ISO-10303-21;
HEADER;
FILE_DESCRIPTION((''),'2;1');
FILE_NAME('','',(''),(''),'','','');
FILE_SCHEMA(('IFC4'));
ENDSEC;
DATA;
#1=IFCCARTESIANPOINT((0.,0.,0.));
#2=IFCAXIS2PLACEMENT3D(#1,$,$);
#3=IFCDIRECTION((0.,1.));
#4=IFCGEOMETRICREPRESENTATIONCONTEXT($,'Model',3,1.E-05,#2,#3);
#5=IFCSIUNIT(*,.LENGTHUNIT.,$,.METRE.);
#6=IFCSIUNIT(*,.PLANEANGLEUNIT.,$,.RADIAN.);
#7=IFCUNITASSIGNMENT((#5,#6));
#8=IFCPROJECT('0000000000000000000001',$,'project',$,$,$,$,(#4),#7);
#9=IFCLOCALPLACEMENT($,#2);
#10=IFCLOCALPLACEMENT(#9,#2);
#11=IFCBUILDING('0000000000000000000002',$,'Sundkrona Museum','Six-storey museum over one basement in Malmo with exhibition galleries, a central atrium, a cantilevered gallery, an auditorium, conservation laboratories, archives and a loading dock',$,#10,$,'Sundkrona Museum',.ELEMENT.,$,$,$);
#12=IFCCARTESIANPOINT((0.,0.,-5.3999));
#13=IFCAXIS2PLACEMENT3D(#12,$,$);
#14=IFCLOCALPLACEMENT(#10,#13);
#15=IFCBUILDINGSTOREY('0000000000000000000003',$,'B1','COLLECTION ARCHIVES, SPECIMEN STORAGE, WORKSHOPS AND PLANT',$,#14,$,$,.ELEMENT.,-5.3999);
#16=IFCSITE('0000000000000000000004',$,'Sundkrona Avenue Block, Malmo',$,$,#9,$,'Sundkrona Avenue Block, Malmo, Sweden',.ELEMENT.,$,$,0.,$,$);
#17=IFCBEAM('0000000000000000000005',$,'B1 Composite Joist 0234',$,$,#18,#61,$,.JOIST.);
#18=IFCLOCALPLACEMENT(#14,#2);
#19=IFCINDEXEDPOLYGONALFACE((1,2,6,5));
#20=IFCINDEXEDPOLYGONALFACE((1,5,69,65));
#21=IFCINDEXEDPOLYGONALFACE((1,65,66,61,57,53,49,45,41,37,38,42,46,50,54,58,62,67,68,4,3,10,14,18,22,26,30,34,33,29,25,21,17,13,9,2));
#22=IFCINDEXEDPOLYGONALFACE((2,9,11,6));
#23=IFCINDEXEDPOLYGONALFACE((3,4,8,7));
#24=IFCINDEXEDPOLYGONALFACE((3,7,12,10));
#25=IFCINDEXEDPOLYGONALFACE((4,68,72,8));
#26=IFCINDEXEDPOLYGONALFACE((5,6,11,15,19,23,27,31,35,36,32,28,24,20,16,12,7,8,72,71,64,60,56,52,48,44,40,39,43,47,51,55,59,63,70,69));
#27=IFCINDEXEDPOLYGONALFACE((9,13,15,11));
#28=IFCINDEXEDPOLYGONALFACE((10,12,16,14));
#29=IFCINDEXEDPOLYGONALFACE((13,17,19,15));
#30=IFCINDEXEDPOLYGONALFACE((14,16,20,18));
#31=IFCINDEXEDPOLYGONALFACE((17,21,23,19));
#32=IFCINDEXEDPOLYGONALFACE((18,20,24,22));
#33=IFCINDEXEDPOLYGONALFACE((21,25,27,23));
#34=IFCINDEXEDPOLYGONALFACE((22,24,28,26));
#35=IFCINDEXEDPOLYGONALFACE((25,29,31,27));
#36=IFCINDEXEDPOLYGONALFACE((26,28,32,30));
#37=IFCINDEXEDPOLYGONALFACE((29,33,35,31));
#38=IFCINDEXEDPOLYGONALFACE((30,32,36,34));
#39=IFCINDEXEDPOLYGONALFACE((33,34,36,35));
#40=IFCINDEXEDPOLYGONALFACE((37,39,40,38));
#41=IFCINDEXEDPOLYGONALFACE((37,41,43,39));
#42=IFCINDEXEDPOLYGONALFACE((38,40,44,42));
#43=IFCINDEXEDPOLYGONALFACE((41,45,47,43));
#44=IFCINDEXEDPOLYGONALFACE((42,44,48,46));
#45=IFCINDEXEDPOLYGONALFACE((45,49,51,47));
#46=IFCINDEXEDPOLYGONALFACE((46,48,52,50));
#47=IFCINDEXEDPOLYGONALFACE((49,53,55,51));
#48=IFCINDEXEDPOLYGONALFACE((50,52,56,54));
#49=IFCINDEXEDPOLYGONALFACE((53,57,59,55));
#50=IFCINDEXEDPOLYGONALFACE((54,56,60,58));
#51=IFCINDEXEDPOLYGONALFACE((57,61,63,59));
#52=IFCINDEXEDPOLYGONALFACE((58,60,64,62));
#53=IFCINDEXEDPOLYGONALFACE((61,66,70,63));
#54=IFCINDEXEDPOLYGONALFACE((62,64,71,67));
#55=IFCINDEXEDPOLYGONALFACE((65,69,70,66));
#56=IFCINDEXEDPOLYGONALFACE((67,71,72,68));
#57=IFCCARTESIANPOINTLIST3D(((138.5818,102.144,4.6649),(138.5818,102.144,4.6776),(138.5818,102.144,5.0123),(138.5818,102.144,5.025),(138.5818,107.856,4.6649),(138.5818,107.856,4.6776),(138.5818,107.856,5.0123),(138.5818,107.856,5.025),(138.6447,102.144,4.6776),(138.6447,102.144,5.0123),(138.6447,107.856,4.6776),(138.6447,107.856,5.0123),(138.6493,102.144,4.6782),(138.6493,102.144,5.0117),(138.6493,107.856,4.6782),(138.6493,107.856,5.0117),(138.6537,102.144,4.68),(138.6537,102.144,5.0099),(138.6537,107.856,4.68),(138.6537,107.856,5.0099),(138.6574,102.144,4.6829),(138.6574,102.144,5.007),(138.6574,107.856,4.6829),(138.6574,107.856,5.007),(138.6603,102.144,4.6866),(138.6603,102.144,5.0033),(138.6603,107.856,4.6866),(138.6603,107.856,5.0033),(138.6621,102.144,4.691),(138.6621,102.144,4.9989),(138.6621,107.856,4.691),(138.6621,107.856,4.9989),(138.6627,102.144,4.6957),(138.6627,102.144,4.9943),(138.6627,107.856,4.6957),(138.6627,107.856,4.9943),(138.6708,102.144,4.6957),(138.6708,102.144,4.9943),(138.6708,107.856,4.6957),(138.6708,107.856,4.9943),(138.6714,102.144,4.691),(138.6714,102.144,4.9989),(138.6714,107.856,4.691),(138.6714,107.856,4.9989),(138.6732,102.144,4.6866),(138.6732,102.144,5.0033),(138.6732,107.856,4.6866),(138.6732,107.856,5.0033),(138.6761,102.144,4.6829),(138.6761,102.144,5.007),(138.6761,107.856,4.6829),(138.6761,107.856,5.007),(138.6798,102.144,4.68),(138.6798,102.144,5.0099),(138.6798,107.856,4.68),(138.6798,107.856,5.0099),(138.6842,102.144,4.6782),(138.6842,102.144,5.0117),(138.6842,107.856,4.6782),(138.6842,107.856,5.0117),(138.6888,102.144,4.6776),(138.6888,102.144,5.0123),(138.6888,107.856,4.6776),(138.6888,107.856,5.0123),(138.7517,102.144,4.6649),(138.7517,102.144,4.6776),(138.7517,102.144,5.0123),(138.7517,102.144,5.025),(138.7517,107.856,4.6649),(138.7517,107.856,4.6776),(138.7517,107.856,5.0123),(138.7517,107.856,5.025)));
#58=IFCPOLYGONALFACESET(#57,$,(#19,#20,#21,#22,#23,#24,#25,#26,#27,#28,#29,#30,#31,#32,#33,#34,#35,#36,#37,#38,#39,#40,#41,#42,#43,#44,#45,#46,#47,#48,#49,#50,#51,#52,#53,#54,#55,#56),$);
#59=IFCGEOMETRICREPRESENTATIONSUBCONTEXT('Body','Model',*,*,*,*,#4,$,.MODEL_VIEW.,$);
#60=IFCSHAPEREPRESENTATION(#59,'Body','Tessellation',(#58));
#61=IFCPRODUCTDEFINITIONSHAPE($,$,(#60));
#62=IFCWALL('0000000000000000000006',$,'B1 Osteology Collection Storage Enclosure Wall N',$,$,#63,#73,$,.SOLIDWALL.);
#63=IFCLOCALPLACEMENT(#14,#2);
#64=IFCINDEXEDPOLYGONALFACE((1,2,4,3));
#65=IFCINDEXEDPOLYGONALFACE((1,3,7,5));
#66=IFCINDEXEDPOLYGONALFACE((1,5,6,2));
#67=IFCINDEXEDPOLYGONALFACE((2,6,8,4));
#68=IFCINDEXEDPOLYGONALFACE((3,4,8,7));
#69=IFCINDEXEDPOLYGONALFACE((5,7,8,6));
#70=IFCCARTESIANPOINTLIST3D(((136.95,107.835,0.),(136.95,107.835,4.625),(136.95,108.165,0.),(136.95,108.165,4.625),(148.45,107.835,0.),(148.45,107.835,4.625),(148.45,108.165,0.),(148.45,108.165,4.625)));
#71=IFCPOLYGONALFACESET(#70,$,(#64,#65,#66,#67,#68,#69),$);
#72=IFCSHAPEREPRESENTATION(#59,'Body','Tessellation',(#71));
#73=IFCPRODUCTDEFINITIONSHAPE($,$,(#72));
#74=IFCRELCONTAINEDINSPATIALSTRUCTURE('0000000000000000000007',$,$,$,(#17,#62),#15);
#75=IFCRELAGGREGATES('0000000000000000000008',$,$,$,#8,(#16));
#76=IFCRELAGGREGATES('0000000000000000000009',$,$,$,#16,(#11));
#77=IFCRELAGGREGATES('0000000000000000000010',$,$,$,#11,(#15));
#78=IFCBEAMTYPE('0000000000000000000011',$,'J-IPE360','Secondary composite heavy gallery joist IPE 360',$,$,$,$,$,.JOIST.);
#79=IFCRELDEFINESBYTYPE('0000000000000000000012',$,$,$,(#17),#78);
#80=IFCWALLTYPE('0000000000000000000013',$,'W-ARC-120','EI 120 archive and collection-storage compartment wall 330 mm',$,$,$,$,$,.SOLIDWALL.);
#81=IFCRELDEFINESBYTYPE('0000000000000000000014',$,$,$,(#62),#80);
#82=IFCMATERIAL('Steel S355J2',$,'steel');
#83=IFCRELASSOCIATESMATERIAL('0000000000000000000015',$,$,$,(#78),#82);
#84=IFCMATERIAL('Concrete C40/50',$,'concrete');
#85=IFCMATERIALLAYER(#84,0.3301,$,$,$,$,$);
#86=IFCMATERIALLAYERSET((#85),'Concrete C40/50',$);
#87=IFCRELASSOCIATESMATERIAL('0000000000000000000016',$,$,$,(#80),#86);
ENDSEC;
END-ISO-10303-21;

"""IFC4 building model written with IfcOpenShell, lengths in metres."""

from ifc_helpers import new_model, si_unit, direction, frame, frame_2d, origin, origin_2d, place, context, subcontext, project, spatial, rectangle, i_section, extrude, material, layer, layer_set, material_profile, profile_set, type_object, element, save


model = new_model("IFC4")

# Units and contexts
model_context = context("Model", 3, precision=1e-05, world=origin(), true_north=direction((0.0, 1.0)))
body_context = subcontext(model_context, "Body", "Model", "MODEL_VIEW")
ifc_project = project(units=[si_unit("LENGTHUNIT", "METRE"), si_unit("PLANEANGLEUNIT", "RADIAN")], contexts=[model_context])

# Site, building, storey
site_placement = place(None, origin())
site = spatial("IfcSite", under=ifc_project, at=site_placement, Name="Sundkrona Avenue Block, Malmo", LongName="Sundkrona Avenue Block, Malmo, Sweden", CompositionType="ELEMENT", RefElevation=0.0)
building_placement = place(site_placement, origin())
building = spatial("IfcBuilding", under=site, at=building_placement, Name="Sundkrona Museum", Description="Six-storey museum over one basement in Malmo with exhibition galleries, a central atrium, a cantilevered gallery, an auditorium, conservation laboratories, archives and a loading dock", LongName="Sundkrona Museum", CompositionType="ELEMENT")
storey_placement = place(building_placement, frame((0.0, 0.0, -5.3999)))
storey = spatial("IfcBuildingStorey", under=building, at=storey_placement, Name="B1", Description="COLLECTION ARCHIVES, SPECIMEN STORAGE, WORKSHOPS AND PLANT", CompositionType="ELEMENT", Elevation=-5.3999)

# Shared definitions
ifc_material_1 = material(Name="Concrete C40/50", Category="concrete")

# Beam
ifc_material_2 = material(Name="Steel S355J2", Category="steel")
ifc_material_profile_1 = material_profile(ifc_material_2, i_section(OverallWidth=0.1699, OverallDepth=0.3601, WebThickness=0.0081, FlangeThickness=0.0127, FilletRadius=0.0181, at=origin_2d()), Name="IPE 360")
ifc_profile_set_1 = profile_set([ifc_material_profile_1], Name="Steel S355J2")
beam_type_1 = type_object("IfcBeamType", Name="J-IPE360", Description="Secondary composite heavy gallery joist IPE 360", PredefinedType="JOIST", material=ifc_profile_set_1)
beam_1_placement = place(storey_placement, frame((138.6667, 102.144, 4.845), z_axis=(0.0, 1.0, 0.0), x_axis=(-1.0, 0.0, 0.0)))
element("IfcBeam", 1, at=beam_1_placement, inside=storey, type_object=beam_type_1, Name="B1 Composite Joist 0234", PredefinedType="JOIST", context=body_context, shape_type="SweptSolid", body=[
    extrude(i_section(OverallWidth=0.1699, OverallDepth=0.3601, WebThickness=0.0081, FlangeThickness=0.0127, FilletRadius=0.0181, at=origin_2d()), origin(), (0.0, 0.0, 1.0), 5.7119),
])

# Wall
ifc_layer = layer(ifc_material_1, 0.3301)
ifc_layer_set = layer_set([ifc_layer], Name="Concrete C40/50")
wall_type = type_object("IfcWallType", Name="W-ARC-120", Description="EI 120 archive and collection-storage compartment wall 330 mm", PredefinedType="SOLIDWALL", material=ifc_layer_set)
wall_placement = place(storey_placement, frame((136.95, 108.0, 0.0), z_axis=(0.0, 0.0, 1.0), x_axis=(1.0, 0.0, 0.0)))
element("IfcWall", 2, at=wall_placement, inside=storey, type_object=wall_type, Name="B1 Osteology Collection Storage Enclosure Wall N", PredefinedType="SOLIDWALL", context=body_context, shape_type="SweptSolid", body=[
    extrude(rectangle(XDim=11.5, YDim=0.3301, at=frame_2d((5.75, 0.0))), origin(), (0.0, 0.0, 1.0), 4.625),
])

save(model, "model.ifc")
